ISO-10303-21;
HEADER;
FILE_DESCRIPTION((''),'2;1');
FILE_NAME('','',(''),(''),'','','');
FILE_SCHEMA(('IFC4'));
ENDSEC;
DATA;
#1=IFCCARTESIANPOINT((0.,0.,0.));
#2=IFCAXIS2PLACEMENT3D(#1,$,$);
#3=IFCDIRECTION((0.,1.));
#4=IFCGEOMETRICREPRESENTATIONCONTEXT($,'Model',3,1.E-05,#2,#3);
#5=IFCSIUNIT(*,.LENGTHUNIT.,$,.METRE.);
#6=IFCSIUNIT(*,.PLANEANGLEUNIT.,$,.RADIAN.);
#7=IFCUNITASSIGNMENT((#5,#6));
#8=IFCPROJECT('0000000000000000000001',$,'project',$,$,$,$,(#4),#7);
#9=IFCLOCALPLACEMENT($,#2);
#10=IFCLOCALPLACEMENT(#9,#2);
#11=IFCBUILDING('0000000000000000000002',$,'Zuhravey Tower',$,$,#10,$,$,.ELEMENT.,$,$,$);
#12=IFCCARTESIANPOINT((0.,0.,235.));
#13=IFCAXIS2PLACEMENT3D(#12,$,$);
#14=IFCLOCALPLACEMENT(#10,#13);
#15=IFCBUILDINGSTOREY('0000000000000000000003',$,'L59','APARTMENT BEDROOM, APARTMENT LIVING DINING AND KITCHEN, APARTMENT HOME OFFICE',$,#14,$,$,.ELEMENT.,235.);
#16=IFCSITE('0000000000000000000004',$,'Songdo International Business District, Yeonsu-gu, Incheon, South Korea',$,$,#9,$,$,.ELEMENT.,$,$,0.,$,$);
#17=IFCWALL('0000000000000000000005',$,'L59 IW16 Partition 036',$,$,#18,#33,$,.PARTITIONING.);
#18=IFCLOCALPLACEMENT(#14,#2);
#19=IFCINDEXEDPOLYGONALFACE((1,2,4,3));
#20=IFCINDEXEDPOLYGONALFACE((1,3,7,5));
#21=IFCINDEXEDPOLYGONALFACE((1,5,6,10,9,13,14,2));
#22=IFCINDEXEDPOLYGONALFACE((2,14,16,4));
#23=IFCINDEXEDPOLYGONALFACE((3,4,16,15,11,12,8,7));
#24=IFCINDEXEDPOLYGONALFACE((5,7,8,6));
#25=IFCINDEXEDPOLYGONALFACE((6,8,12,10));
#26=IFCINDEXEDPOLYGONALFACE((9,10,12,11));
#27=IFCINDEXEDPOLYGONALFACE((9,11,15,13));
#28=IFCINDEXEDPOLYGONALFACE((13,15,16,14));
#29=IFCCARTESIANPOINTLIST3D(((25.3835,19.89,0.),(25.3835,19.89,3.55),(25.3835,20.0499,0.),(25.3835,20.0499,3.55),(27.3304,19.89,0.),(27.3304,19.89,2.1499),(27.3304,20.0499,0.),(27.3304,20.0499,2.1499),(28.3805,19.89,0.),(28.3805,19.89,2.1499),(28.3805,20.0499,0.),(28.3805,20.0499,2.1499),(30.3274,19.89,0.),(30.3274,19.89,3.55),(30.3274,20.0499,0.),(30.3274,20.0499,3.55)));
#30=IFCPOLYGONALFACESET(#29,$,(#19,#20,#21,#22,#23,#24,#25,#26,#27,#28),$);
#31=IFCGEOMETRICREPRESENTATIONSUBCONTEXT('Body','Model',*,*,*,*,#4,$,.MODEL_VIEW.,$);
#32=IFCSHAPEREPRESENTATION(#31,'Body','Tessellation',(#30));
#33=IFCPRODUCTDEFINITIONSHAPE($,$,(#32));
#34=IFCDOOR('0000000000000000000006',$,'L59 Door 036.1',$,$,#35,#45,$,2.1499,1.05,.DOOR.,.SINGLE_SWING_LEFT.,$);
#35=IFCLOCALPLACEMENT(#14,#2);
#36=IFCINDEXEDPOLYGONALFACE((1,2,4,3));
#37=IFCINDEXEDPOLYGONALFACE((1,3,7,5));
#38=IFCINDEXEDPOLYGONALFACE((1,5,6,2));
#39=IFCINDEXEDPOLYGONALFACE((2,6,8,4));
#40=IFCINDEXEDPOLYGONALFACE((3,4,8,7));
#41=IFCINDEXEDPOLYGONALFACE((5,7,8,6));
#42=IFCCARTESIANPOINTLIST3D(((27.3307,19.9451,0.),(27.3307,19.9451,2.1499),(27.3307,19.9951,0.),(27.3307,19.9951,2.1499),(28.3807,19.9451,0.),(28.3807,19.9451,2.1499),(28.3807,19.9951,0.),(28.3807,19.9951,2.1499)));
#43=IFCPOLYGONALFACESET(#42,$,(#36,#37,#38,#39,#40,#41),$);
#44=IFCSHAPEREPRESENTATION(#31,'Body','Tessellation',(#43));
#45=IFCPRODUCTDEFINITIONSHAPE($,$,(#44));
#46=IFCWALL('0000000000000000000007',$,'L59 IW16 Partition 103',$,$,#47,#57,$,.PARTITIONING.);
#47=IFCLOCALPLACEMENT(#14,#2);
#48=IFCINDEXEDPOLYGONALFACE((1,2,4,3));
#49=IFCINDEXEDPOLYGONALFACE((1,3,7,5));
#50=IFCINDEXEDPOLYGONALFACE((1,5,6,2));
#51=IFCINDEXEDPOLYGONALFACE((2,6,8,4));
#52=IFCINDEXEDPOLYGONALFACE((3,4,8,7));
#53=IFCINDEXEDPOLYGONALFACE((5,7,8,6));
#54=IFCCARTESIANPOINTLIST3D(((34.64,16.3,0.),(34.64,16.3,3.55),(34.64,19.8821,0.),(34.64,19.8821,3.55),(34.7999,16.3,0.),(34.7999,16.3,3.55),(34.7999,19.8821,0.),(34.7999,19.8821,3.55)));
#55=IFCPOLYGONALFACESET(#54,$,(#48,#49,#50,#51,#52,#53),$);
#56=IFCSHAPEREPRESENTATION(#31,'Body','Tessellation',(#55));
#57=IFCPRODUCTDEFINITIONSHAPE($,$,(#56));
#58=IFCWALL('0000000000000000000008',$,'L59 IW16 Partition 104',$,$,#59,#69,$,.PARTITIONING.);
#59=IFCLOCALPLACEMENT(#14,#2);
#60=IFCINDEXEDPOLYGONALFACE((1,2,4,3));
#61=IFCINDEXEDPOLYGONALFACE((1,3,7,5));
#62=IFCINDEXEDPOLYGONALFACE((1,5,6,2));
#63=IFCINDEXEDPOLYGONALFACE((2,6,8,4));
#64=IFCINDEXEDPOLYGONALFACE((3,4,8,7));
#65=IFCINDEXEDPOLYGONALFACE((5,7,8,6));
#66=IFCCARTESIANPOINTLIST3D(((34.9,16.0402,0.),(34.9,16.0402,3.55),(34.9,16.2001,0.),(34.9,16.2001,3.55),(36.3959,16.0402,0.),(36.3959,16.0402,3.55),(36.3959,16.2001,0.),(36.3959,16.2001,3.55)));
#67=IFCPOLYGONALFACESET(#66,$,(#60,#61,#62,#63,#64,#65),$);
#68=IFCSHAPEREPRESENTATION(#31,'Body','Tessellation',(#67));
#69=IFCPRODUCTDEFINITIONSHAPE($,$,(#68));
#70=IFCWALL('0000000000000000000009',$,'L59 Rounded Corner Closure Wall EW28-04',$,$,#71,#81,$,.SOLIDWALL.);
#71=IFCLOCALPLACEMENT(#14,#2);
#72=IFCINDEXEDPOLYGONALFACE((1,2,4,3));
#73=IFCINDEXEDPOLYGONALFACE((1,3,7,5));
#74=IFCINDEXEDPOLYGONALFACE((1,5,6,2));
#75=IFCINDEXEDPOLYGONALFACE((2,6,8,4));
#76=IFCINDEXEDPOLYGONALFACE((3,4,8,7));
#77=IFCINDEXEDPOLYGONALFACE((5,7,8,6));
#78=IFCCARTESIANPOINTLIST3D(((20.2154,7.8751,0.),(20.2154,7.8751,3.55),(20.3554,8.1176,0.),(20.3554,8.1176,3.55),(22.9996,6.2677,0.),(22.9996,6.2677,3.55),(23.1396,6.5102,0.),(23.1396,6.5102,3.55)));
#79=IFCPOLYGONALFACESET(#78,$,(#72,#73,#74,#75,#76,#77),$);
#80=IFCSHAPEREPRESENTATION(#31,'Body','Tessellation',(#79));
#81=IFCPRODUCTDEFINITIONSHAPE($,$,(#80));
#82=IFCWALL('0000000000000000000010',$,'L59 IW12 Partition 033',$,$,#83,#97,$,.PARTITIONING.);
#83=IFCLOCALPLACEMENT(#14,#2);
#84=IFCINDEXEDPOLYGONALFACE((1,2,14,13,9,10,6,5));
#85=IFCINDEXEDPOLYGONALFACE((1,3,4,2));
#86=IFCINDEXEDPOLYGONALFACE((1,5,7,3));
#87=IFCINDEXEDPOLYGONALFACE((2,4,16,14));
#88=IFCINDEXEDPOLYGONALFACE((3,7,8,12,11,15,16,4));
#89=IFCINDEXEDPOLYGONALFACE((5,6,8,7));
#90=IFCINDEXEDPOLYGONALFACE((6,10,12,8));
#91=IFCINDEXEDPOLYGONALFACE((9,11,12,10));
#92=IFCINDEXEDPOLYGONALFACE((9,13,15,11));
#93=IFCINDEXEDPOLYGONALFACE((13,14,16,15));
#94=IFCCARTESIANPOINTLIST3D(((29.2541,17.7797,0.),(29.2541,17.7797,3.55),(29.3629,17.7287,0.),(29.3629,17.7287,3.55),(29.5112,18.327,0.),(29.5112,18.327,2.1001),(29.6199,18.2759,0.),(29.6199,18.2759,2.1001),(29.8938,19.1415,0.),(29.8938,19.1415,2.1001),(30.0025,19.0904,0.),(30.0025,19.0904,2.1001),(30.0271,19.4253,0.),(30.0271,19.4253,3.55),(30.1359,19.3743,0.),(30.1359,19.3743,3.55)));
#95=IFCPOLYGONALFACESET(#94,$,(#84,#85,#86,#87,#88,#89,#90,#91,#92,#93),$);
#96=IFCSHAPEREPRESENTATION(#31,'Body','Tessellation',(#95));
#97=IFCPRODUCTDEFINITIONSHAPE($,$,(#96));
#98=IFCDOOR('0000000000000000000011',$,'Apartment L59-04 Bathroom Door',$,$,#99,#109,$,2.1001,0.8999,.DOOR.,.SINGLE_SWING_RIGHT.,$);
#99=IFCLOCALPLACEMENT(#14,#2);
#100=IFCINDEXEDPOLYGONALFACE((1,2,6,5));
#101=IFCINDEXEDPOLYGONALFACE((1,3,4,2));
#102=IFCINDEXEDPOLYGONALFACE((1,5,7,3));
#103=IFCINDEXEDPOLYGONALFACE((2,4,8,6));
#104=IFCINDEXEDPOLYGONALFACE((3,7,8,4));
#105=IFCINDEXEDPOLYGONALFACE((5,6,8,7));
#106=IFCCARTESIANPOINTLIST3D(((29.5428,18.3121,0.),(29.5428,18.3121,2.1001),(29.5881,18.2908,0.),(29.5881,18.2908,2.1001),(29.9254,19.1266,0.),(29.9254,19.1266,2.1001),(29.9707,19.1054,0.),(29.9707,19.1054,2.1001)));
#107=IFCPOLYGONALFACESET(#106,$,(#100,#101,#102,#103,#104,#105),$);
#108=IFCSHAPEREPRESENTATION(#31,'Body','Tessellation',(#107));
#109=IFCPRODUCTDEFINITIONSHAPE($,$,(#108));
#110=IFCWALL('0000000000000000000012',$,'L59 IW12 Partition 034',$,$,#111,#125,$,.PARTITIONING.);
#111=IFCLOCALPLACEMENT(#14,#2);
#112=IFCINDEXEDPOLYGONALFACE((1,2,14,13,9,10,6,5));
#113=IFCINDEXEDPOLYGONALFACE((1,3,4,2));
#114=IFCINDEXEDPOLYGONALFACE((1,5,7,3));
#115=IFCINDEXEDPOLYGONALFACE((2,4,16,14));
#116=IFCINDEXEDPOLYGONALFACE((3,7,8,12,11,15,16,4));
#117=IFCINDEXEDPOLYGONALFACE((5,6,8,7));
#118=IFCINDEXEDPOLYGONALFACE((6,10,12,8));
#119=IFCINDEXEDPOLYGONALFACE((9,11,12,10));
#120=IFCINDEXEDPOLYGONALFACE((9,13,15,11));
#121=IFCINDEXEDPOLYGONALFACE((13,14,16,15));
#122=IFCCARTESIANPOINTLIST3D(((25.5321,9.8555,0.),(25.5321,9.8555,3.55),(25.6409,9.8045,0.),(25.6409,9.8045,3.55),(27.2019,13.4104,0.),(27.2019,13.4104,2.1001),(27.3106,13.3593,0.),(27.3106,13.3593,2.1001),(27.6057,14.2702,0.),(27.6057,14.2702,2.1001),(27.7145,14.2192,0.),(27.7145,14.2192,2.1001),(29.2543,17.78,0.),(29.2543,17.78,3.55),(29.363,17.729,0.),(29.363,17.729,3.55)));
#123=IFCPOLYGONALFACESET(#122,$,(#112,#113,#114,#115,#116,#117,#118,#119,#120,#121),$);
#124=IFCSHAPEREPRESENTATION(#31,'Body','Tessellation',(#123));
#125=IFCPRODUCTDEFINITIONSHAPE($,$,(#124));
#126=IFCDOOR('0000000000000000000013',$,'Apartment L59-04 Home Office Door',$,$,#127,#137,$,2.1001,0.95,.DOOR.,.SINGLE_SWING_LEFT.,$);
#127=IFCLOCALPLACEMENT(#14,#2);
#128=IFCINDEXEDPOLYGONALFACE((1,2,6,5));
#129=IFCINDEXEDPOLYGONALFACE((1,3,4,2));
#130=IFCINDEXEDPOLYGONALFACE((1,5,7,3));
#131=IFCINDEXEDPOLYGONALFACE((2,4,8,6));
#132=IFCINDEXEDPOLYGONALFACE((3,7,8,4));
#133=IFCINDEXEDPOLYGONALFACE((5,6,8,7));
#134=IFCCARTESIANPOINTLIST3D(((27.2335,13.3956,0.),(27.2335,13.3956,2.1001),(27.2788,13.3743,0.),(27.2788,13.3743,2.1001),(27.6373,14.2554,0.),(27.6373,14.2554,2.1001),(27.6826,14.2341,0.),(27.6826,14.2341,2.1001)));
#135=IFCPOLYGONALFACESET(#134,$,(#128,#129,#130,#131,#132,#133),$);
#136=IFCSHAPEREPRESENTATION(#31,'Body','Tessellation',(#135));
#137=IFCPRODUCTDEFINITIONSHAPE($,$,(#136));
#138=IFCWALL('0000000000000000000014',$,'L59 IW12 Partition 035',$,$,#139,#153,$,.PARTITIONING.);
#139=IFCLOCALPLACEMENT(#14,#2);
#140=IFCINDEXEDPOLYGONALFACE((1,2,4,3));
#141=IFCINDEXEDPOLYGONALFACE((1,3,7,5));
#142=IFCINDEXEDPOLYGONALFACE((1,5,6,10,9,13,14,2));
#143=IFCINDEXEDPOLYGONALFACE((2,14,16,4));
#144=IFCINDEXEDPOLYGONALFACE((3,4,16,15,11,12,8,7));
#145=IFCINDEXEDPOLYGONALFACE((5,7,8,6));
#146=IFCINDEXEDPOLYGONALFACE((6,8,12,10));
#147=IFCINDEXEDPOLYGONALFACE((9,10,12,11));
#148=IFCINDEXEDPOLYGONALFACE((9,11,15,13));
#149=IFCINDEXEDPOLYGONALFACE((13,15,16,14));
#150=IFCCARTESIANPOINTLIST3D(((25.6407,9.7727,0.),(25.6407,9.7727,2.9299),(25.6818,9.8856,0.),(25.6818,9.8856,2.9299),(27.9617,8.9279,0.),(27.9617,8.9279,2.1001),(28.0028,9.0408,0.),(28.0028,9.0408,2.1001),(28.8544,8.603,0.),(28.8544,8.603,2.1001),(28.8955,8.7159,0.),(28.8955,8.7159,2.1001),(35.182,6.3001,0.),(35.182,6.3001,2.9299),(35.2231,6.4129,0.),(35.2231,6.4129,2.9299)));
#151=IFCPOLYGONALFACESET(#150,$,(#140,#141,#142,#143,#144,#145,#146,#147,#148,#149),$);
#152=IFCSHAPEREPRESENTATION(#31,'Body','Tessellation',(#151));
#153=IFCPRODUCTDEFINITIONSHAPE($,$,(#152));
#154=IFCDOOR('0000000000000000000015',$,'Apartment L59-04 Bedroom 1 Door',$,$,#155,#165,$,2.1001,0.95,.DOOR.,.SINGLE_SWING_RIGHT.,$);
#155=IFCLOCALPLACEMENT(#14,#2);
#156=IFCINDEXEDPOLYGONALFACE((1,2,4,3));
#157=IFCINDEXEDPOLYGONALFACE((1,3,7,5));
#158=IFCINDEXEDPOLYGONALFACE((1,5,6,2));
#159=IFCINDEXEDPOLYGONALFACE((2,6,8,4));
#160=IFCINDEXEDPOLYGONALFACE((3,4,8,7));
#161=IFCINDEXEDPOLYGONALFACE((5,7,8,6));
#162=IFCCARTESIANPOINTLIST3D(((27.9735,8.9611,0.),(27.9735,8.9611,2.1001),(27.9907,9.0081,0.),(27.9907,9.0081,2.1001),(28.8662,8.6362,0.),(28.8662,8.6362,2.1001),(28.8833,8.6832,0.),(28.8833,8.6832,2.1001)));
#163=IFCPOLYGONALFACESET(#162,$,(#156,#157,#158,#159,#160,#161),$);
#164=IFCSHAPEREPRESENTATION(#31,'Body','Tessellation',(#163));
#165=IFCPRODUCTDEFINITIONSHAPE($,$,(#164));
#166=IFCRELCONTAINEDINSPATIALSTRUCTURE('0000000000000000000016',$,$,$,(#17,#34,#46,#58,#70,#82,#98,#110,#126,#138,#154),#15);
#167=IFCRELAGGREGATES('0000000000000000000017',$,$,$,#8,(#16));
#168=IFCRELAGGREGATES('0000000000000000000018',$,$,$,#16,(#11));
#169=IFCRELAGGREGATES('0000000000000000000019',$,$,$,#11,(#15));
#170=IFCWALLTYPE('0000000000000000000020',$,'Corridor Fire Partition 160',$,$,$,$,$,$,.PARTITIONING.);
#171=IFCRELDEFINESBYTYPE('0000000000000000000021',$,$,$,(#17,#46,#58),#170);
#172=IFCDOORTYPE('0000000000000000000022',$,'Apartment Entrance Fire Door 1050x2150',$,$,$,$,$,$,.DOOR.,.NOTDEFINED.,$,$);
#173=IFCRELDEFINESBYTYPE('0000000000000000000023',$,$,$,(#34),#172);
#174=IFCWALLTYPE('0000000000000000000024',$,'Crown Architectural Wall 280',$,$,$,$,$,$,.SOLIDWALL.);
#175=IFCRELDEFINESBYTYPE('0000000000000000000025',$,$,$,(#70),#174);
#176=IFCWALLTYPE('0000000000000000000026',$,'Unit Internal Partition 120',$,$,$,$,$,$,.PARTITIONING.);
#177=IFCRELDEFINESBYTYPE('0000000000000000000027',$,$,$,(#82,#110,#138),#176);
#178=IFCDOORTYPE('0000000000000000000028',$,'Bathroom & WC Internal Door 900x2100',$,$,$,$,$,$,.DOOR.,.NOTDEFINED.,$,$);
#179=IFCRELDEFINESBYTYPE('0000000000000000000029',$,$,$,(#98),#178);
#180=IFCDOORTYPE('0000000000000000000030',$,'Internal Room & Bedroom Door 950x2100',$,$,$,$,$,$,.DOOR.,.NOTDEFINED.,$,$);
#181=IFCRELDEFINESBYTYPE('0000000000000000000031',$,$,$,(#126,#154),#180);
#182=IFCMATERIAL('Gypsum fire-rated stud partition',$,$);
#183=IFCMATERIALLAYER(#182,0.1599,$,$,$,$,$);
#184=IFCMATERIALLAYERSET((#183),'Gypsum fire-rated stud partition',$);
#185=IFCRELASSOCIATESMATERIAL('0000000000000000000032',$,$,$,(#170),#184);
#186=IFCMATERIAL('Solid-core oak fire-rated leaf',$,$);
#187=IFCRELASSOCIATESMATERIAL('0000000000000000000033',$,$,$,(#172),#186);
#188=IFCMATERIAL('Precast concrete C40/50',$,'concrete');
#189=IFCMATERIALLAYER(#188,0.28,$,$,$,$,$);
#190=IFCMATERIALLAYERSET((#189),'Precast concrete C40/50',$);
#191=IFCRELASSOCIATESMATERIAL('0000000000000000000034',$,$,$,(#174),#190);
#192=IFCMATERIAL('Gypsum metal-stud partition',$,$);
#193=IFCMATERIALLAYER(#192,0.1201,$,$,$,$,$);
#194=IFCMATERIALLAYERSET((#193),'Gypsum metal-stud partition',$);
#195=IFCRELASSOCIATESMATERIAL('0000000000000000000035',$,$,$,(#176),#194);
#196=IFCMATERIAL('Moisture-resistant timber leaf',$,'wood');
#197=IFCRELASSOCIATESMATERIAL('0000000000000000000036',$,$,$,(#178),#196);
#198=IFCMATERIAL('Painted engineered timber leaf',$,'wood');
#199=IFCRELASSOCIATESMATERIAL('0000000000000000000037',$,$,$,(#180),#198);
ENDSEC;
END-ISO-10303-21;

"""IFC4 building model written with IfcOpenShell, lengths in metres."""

from ifc_helpers import new_model, si_unit, direction, frame, frame_2d, origin, place, context, subcontext, project, spatial, rectangle, extrude, material, layer, layer_set, type_object, element, fill, save


model = new_model("IFC4")

# Units and contexts
model_context = context("Model", 3, precision=1e-05, world=origin(), true_north=direction((0.0, 1.0)))
body_context = subcontext(model_context, "Body", "Model", "MODEL_VIEW")
ifc_project = project(units=[si_unit("LENGTHUNIT", "METRE"), si_unit("PLANEANGLEUNIT", "RADIAN")], contexts=[model_context])

# Site, building, storey
site_placement = place(None, origin())
site = spatial("IfcSite", under=ifc_project, at=site_placement, Name="Songdo International Business District, Yeonsu-gu, Incheon, South Korea", CompositionType="ELEMENT", RefElevation=0.0)
building_placement = place(site_placement, origin())
building = spatial("IfcBuilding", under=site, at=building_placement, Name="Zuhravey Tower", CompositionType="ELEMENT")
storey_placement = place(building_placement, frame((0.0, 0.0, 235.0)))
storey = spatial("IfcBuildingStorey", under=building, at=storey_placement, Name="L59", Description="APARTMENT BEDROOM, APARTMENT LIVING DINING AND KITCHEN, APARTMENT HOME OFFICE", CompositionType="ELEMENT", Elevation=235.0)

# Wall, opening, door
ifc_material_1 = material(Name="Gypsum fire-rated stud partition")
ifc_layer_1 = layer(ifc_material_1, 0.1599)
ifc_layer_set_1 = layer_set([ifc_layer_1], Name="Gypsum fire-rated stud partition")
wall_type_1 = type_object("IfcWallType", Name="Corridor Fire Partition 160", PredefinedType="PARTITIONING", material=ifc_layer_set_1)
wall_1_placement = place(storey_placement, frame((25.3835, 19.97, 0.0), z_axis=(0.0, 0.0, 1.0), x_axis=(1.0, 0.0, 0.0)))
wall_1 = element("IfcWall", 1, at=wall_1_placement, inside=storey, type_object=wall_type_1, Name="L59 IW16 Partition 036", PredefinedType="PARTITIONING", context=body_context, shape_type="SweptSolid", body=[
    extrude(rectangle(XDim=4.9438, YDim=0.1599, at=frame_2d((2.4719, 0.0))), origin(), (0.0, 0.0, 1.0), 3.55),
])
opening_1_placement = place(wall_1_placement, frame((1.947, 0.0, 0.0)))
opening_1 = element("IfcOpeningElement", 2, at=opening_1_placement, cuts=wall_1, PredefinedType="OPENING", context=body_context, shape_type="SweptSolid", body=[
    extrude(rectangle(XDim=1.05, YDim=2.1499, at=frame_2d((0.5249, 1.075))), frame((0.0, 0.092, 0.0), z_axis=(0.0, -1.0, 0.0), x_axis=(1.0, 0.0, 0.0)), (0.0, 0.0, 1.0), 0.1838),
])
ifc_material_2 = material(Name="Solid-core oak fire-rated leaf")
door_type_1 = type_object("IfcDoorType", Name="Apartment Entrance Fire Door 1050x2150", OperationType="NOTDEFINED", PredefinedType="DOOR", material=ifc_material_2)
door_1_placement = place(opening_1_placement, frame((1.05, 0.0, 0.0), z_axis=(0.0, 0.0, 1.0), x_axis=(-1.0, 0.0, 0.0)))
door_1 = element("IfcDoor", 3, at=door_1_placement, inside=storey, type_object=door_type_1, Name="L59 Door 036.1", OperationType="SINGLE_SWING_LEFT", OverallHeight=2.1499, OverallWidth=1.05, PredefinedType="DOOR", context=body_context, shape_type="SweptSolid", body=[
    extrude(rectangle(XDim=1.05, YDim=2.1499, at=frame_2d((0.5249, 1.075))), frame((0.0, 0.0249, 0.0), z_axis=(0.0, -1.0, 0.0), x_axis=(1.0, 0.0, 0.0)), (0.0, 0.0, 1.0), 0.05),
])
fill(opening_1, door_1)

# Walls
wall_2_placement = place(storey_placement, frame((34.72, 19.8821, 0.0), z_axis=(0.0, 0.0, 1.0), x_axis=(0.0, -1.0, 0.0)))
element("IfcWall", 4, at=wall_2_placement, inside=storey, type_object=wall_type_1, Name="L59 IW16 Partition 103", PredefinedType="PARTITIONING", context=body_context, shape_type="SweptSolid", body=[
    extrude(rectangle(XDim=3.582, YDim=0.1599, at=frame_2d((1.791, 0.0))), origin(), (0.0, 0.0, 1.0), 3.55),
])
wall_3_placement = place(storey_placement, frame((34.8999, 16.1201, 0.0), z_axis=(0.0, 0.0, 1.0), x_axis=(1.0, 0.0, 0.0)))
element("IfcWall", 5, at=wall_3_placement, inside=storey, type_object=wall_type_1, Name="L59 IW16 Partition 104", PredefinedType="PARTITIONING", context=body_context, shape_type="SweptSolid", body=[
    extrude(rectangle(XDim=1.4958, YDim=0.1599, at=frame_2d((0.748, 0.0))), origin(), (0.0, 0.0, 1.0), 3.55),
])
ifc_material_3 = material(Name="Precast concrete C40/50", Category="concrete")
ifc_layer_2 = layer(ifc_material_3, 0.28)
ifc_layer_set_2 = layer_set([ifc_layer_2], Name="Precast concrete C40/50")
wall_type_2 = type_object("IfcWallType", Name="Crown Architectural Wall 280", PredefinedType="SOLIDWALL", material=ifc_layer_set_2)
wall_4_placement = place(storey_placement, frame((23.0696, 6.3889, 0.0), z_axis=(0.0, 0.0, 1.0), x_axis=(-0.866029, 0.499994, 0.0)))
element("IfcWall", 6, at=wall_4_placement, inside=storey, type_object=wall_type_2, Name="L59 Rounded Corner Closure Wall EW28-04", PredefinedType="SOLIDWALL", context=body_context, shape_type="SweptSolid", body=[
    extrude(rectangle(XDim=3.2148, YDim=0.28, at=frame_2d((1.6074, 0.0))), origin(), (0.0, 0.0, 1.0), 3.55),
])

# Walls, openings, doors
ifc_material_4 = material(Name="Gypsum metal-stud partition")
ifc_layer_3 = layer(ifc_material_4, 0.1201)
ifc_layer_set_3 = layer_set([ifc_layer_3], Name="Gypsum metal-stud partition")
wall_type_3 = type_object("IfcWallType", Name="Unit Internal Partition 120", PredefinedType="PARTITIONING", material=ifc_layer_set_3)
wall_5_placement = place(storey_placement, frame((30.0815, 19.3999, 0.0), z_axis=(0.0, 0.0, 1.0), x_axis=(-0.425163, -0.905117, 0.0)))
wall_5 = element("IfcWall", 7, at=wall_5_placement, inside=storey, type_object=wall_type_3, Name="L59 IW12 Partition 033", PredefinedType="PARTITIONING", context=body_context, shape_type="SweptSolid", body=[
    extrude(rectangle(XDim=1.8181, YDim=0.1201, at=frame_2d((0.9092, 0.0))), origin(), (0.0, 0.0, 1.0), 3.55),
])
opening_2_placement = place(wall_5_placement, frame((0.3137, 0.0, 0.0)))
opening_2 = element("IfcOpeningElement", 8, at=opening_2_placement, cuts=wall_5, PredefinedType="OPENING", context=body_context, shape_type="SweptSolid", body=[
    extrude(rectangle(XDim=0.8999, YDim=2.1001, at=frame_2d((0.45, 1.05))), frame((0.0, 0.072, 0.0), z_axis=(0.0, -1.0, 0.0), x_axis=(1.0, 0.0, 0.0)), (0.0, 0.0, 1.0), 0.144),
])
ifc_material_5 = material(Name="Moisture-resistant timber leaf", Category="wood")
door_type_2 = type_object("IfcDoorType", Name="Bathroom & WC Internal Door 900x2100", OperationType="NOTDEFINED", PredefinedType="DOOR", material=ifc_material_5)
door_2_placement = place(opening_2_placement, origin())
door_2 = element("IfcDoor", 9, at=door_2_placement, inside=storey, type_object=door_type_2, Name="Apartment L59-04 Bathroom Door", OperationType="SINGLE_SWING_RIGHT", OverallHeight=2.1001, OverallWidth=0.8999, PredefinedType="DOOR", context=body_context, shape_type="SweptSolid", body=[
    extrude(rectangle(XDim=0.8999, YDim=2.1001, at=frame_2d((0.45, 1.05))), frame((0.0, 0.0249, 0.0), z_axis=(0.0, -1.0, 0.0), x_axis=(1.0, 0.0, 0.0)), (0.0, 0.0, 1.0), 0.05),
])
fill(opening_2, door_2)
wall_6_placement = place(storey_placement, frame((29.3086, 17.7544, 0.0), z_axis=(0.0, 0.0, 1.0), x_axis=(-0.425139, -0.905128, 0.0)))
wall_6 = element("IfcWall", 10, at=wall_6_placement, inside=storey, type_object=wall_type_3, Name="L59 IW12 Partition 034", PredefinedType="PARTITIONING", context=body_context, shape_type="SweptSolid", body=[
    extrude(rectangle(XDim=8.7551, YDim=0.1201, at=frame_2d((4.3774, 0.0))), origin(), (0.0, 0.0, 1.0), 3.55),
])
opening_3_placement = place(wall_6_placement, frame((3.8774, 0.0, 0.0)))
opening_3 = element("IfcOpeningElement", 11, at=opening_3_placement, cuts=wall_6, PredefinedType="OPENING", context=body_context, shape_type="SweptSolid", body=[
    extrude(rectangle(XDim=0.95, YDim=2.1001, at=frame_2d((0.4751, 1.05))), frame((0.0, 0.072, 0.0), z_axis=(0.0, -1.0, 0.0), x_axis=(1.0, 0.0, 0.0)), (0.0, 0.0, 1.0), 0.144),
])
ifc_material_6 = material(Name="Painted engineered timber leaf", Category="wood")
door_type_3 = type_object("IfcDoorType", Name="Internal Room & Bedroom Door 950x2100", OperationType="NOTDEFINED", PredefinedType="DOOR", material=ifc_material_6)
door_3_placement = place(opening_3_placement, origin())
door_3 = element("IfcDoor", 12, at=door_3_placement, inside=storey, type_object=door_type_3, Name="Apartment L59-04 Home Office Door", OperationType="SINGLE_SWING_LEFT", OverallHeight=2.1001, OverallWidth=0.95, PredefinedType="DOOR", context=body_context, shape_type="SweptSolid", body=[
    extrude(rectangle(XDim=0.95, YDim=2.1001, at=frame_2d((0.4751, 1.05))), frame((0.0, 0.0249, 0.0), z_axis=(0.0, -1.0, 0.0), x_axis=(1.0, 0.0, 0.0)), (0.0, 0.0, 1.0), 0.05),
])
fill(opening_3, door_3)
wall_7_placement = place(storey_placement, frame((25.6614, 9.8291, 0.0), z_axis=(0.0, 0.0, 1.0), x_axis=(0.939695, -0.342013, 0.0)))
wall_7 = element("IfcWall", 13, at=wall_7_placement, inside=storey, type_object=wall_type_3, Name="L59 IW12 Partition 035", PredefinedType="PARTITIONING", context=body_context, shape_type="SweptSolid", body=[
    extrude(rectangle(XDim=10.1536, YDim=0.1201, at=frame_2d((5.0767, 0.0))), origin(), (0.0, 0.0, 1.0), 2.9299),
])
opening_4_placement = place(wall_7_placement, frame((2.4697, 0.0, 0.0)))
opening_4 = element("IfcOpeningElement", 14, at=opening_4_placement, cuts=wall_7, PredefinedType="OPENING", context=body_context, shape_type="SweptSolid", body=[
    extrude(rectangle(XDim=0.95, YDim=2.1001, at=frame_2d((0.4751, 1.05))), frame((0.0, 0.072, 0.0), z_axis=(0.0, -1.0, 0.0), x_axis=(1.0, 0.0, 0.0)), (0.0, 0.0, 1.0), 0.144),
])
door_4_placement = place(opening_4_placement, frame((0.95, 0.0, 0.0), z_axis=(0.0, 0.0, 1.0), x_axis=(-1.0, 0.0, 0.0)))
door_4 = element("IfcDoor", 15, at=door_4_placement, inside=storey, type_object=door_type_3, Name="Apartment L59-04 Bedroom 1 Door", OperationType="SINGLE_SWING_RIGHT", OverallHeight=2.1001, OverallWidth=0.95, PredefinedType="DOOR", context=body_context, shape_type="SweptSolid", body=[
    extrude(rectangle(XDim=0.95, YDim=2.1001, at=frame_2d((0.4751, 1.05))), frame((0.0, 0.0249, 0.0), z_axis=(0.0, -1.0, 0.0), x_axis=(1.0, 0.0, 0.0)), (0.0, 0.0, 1.0), 0.05),
])
fill(opening_4, door_4)

save(model, "model.ifc")
